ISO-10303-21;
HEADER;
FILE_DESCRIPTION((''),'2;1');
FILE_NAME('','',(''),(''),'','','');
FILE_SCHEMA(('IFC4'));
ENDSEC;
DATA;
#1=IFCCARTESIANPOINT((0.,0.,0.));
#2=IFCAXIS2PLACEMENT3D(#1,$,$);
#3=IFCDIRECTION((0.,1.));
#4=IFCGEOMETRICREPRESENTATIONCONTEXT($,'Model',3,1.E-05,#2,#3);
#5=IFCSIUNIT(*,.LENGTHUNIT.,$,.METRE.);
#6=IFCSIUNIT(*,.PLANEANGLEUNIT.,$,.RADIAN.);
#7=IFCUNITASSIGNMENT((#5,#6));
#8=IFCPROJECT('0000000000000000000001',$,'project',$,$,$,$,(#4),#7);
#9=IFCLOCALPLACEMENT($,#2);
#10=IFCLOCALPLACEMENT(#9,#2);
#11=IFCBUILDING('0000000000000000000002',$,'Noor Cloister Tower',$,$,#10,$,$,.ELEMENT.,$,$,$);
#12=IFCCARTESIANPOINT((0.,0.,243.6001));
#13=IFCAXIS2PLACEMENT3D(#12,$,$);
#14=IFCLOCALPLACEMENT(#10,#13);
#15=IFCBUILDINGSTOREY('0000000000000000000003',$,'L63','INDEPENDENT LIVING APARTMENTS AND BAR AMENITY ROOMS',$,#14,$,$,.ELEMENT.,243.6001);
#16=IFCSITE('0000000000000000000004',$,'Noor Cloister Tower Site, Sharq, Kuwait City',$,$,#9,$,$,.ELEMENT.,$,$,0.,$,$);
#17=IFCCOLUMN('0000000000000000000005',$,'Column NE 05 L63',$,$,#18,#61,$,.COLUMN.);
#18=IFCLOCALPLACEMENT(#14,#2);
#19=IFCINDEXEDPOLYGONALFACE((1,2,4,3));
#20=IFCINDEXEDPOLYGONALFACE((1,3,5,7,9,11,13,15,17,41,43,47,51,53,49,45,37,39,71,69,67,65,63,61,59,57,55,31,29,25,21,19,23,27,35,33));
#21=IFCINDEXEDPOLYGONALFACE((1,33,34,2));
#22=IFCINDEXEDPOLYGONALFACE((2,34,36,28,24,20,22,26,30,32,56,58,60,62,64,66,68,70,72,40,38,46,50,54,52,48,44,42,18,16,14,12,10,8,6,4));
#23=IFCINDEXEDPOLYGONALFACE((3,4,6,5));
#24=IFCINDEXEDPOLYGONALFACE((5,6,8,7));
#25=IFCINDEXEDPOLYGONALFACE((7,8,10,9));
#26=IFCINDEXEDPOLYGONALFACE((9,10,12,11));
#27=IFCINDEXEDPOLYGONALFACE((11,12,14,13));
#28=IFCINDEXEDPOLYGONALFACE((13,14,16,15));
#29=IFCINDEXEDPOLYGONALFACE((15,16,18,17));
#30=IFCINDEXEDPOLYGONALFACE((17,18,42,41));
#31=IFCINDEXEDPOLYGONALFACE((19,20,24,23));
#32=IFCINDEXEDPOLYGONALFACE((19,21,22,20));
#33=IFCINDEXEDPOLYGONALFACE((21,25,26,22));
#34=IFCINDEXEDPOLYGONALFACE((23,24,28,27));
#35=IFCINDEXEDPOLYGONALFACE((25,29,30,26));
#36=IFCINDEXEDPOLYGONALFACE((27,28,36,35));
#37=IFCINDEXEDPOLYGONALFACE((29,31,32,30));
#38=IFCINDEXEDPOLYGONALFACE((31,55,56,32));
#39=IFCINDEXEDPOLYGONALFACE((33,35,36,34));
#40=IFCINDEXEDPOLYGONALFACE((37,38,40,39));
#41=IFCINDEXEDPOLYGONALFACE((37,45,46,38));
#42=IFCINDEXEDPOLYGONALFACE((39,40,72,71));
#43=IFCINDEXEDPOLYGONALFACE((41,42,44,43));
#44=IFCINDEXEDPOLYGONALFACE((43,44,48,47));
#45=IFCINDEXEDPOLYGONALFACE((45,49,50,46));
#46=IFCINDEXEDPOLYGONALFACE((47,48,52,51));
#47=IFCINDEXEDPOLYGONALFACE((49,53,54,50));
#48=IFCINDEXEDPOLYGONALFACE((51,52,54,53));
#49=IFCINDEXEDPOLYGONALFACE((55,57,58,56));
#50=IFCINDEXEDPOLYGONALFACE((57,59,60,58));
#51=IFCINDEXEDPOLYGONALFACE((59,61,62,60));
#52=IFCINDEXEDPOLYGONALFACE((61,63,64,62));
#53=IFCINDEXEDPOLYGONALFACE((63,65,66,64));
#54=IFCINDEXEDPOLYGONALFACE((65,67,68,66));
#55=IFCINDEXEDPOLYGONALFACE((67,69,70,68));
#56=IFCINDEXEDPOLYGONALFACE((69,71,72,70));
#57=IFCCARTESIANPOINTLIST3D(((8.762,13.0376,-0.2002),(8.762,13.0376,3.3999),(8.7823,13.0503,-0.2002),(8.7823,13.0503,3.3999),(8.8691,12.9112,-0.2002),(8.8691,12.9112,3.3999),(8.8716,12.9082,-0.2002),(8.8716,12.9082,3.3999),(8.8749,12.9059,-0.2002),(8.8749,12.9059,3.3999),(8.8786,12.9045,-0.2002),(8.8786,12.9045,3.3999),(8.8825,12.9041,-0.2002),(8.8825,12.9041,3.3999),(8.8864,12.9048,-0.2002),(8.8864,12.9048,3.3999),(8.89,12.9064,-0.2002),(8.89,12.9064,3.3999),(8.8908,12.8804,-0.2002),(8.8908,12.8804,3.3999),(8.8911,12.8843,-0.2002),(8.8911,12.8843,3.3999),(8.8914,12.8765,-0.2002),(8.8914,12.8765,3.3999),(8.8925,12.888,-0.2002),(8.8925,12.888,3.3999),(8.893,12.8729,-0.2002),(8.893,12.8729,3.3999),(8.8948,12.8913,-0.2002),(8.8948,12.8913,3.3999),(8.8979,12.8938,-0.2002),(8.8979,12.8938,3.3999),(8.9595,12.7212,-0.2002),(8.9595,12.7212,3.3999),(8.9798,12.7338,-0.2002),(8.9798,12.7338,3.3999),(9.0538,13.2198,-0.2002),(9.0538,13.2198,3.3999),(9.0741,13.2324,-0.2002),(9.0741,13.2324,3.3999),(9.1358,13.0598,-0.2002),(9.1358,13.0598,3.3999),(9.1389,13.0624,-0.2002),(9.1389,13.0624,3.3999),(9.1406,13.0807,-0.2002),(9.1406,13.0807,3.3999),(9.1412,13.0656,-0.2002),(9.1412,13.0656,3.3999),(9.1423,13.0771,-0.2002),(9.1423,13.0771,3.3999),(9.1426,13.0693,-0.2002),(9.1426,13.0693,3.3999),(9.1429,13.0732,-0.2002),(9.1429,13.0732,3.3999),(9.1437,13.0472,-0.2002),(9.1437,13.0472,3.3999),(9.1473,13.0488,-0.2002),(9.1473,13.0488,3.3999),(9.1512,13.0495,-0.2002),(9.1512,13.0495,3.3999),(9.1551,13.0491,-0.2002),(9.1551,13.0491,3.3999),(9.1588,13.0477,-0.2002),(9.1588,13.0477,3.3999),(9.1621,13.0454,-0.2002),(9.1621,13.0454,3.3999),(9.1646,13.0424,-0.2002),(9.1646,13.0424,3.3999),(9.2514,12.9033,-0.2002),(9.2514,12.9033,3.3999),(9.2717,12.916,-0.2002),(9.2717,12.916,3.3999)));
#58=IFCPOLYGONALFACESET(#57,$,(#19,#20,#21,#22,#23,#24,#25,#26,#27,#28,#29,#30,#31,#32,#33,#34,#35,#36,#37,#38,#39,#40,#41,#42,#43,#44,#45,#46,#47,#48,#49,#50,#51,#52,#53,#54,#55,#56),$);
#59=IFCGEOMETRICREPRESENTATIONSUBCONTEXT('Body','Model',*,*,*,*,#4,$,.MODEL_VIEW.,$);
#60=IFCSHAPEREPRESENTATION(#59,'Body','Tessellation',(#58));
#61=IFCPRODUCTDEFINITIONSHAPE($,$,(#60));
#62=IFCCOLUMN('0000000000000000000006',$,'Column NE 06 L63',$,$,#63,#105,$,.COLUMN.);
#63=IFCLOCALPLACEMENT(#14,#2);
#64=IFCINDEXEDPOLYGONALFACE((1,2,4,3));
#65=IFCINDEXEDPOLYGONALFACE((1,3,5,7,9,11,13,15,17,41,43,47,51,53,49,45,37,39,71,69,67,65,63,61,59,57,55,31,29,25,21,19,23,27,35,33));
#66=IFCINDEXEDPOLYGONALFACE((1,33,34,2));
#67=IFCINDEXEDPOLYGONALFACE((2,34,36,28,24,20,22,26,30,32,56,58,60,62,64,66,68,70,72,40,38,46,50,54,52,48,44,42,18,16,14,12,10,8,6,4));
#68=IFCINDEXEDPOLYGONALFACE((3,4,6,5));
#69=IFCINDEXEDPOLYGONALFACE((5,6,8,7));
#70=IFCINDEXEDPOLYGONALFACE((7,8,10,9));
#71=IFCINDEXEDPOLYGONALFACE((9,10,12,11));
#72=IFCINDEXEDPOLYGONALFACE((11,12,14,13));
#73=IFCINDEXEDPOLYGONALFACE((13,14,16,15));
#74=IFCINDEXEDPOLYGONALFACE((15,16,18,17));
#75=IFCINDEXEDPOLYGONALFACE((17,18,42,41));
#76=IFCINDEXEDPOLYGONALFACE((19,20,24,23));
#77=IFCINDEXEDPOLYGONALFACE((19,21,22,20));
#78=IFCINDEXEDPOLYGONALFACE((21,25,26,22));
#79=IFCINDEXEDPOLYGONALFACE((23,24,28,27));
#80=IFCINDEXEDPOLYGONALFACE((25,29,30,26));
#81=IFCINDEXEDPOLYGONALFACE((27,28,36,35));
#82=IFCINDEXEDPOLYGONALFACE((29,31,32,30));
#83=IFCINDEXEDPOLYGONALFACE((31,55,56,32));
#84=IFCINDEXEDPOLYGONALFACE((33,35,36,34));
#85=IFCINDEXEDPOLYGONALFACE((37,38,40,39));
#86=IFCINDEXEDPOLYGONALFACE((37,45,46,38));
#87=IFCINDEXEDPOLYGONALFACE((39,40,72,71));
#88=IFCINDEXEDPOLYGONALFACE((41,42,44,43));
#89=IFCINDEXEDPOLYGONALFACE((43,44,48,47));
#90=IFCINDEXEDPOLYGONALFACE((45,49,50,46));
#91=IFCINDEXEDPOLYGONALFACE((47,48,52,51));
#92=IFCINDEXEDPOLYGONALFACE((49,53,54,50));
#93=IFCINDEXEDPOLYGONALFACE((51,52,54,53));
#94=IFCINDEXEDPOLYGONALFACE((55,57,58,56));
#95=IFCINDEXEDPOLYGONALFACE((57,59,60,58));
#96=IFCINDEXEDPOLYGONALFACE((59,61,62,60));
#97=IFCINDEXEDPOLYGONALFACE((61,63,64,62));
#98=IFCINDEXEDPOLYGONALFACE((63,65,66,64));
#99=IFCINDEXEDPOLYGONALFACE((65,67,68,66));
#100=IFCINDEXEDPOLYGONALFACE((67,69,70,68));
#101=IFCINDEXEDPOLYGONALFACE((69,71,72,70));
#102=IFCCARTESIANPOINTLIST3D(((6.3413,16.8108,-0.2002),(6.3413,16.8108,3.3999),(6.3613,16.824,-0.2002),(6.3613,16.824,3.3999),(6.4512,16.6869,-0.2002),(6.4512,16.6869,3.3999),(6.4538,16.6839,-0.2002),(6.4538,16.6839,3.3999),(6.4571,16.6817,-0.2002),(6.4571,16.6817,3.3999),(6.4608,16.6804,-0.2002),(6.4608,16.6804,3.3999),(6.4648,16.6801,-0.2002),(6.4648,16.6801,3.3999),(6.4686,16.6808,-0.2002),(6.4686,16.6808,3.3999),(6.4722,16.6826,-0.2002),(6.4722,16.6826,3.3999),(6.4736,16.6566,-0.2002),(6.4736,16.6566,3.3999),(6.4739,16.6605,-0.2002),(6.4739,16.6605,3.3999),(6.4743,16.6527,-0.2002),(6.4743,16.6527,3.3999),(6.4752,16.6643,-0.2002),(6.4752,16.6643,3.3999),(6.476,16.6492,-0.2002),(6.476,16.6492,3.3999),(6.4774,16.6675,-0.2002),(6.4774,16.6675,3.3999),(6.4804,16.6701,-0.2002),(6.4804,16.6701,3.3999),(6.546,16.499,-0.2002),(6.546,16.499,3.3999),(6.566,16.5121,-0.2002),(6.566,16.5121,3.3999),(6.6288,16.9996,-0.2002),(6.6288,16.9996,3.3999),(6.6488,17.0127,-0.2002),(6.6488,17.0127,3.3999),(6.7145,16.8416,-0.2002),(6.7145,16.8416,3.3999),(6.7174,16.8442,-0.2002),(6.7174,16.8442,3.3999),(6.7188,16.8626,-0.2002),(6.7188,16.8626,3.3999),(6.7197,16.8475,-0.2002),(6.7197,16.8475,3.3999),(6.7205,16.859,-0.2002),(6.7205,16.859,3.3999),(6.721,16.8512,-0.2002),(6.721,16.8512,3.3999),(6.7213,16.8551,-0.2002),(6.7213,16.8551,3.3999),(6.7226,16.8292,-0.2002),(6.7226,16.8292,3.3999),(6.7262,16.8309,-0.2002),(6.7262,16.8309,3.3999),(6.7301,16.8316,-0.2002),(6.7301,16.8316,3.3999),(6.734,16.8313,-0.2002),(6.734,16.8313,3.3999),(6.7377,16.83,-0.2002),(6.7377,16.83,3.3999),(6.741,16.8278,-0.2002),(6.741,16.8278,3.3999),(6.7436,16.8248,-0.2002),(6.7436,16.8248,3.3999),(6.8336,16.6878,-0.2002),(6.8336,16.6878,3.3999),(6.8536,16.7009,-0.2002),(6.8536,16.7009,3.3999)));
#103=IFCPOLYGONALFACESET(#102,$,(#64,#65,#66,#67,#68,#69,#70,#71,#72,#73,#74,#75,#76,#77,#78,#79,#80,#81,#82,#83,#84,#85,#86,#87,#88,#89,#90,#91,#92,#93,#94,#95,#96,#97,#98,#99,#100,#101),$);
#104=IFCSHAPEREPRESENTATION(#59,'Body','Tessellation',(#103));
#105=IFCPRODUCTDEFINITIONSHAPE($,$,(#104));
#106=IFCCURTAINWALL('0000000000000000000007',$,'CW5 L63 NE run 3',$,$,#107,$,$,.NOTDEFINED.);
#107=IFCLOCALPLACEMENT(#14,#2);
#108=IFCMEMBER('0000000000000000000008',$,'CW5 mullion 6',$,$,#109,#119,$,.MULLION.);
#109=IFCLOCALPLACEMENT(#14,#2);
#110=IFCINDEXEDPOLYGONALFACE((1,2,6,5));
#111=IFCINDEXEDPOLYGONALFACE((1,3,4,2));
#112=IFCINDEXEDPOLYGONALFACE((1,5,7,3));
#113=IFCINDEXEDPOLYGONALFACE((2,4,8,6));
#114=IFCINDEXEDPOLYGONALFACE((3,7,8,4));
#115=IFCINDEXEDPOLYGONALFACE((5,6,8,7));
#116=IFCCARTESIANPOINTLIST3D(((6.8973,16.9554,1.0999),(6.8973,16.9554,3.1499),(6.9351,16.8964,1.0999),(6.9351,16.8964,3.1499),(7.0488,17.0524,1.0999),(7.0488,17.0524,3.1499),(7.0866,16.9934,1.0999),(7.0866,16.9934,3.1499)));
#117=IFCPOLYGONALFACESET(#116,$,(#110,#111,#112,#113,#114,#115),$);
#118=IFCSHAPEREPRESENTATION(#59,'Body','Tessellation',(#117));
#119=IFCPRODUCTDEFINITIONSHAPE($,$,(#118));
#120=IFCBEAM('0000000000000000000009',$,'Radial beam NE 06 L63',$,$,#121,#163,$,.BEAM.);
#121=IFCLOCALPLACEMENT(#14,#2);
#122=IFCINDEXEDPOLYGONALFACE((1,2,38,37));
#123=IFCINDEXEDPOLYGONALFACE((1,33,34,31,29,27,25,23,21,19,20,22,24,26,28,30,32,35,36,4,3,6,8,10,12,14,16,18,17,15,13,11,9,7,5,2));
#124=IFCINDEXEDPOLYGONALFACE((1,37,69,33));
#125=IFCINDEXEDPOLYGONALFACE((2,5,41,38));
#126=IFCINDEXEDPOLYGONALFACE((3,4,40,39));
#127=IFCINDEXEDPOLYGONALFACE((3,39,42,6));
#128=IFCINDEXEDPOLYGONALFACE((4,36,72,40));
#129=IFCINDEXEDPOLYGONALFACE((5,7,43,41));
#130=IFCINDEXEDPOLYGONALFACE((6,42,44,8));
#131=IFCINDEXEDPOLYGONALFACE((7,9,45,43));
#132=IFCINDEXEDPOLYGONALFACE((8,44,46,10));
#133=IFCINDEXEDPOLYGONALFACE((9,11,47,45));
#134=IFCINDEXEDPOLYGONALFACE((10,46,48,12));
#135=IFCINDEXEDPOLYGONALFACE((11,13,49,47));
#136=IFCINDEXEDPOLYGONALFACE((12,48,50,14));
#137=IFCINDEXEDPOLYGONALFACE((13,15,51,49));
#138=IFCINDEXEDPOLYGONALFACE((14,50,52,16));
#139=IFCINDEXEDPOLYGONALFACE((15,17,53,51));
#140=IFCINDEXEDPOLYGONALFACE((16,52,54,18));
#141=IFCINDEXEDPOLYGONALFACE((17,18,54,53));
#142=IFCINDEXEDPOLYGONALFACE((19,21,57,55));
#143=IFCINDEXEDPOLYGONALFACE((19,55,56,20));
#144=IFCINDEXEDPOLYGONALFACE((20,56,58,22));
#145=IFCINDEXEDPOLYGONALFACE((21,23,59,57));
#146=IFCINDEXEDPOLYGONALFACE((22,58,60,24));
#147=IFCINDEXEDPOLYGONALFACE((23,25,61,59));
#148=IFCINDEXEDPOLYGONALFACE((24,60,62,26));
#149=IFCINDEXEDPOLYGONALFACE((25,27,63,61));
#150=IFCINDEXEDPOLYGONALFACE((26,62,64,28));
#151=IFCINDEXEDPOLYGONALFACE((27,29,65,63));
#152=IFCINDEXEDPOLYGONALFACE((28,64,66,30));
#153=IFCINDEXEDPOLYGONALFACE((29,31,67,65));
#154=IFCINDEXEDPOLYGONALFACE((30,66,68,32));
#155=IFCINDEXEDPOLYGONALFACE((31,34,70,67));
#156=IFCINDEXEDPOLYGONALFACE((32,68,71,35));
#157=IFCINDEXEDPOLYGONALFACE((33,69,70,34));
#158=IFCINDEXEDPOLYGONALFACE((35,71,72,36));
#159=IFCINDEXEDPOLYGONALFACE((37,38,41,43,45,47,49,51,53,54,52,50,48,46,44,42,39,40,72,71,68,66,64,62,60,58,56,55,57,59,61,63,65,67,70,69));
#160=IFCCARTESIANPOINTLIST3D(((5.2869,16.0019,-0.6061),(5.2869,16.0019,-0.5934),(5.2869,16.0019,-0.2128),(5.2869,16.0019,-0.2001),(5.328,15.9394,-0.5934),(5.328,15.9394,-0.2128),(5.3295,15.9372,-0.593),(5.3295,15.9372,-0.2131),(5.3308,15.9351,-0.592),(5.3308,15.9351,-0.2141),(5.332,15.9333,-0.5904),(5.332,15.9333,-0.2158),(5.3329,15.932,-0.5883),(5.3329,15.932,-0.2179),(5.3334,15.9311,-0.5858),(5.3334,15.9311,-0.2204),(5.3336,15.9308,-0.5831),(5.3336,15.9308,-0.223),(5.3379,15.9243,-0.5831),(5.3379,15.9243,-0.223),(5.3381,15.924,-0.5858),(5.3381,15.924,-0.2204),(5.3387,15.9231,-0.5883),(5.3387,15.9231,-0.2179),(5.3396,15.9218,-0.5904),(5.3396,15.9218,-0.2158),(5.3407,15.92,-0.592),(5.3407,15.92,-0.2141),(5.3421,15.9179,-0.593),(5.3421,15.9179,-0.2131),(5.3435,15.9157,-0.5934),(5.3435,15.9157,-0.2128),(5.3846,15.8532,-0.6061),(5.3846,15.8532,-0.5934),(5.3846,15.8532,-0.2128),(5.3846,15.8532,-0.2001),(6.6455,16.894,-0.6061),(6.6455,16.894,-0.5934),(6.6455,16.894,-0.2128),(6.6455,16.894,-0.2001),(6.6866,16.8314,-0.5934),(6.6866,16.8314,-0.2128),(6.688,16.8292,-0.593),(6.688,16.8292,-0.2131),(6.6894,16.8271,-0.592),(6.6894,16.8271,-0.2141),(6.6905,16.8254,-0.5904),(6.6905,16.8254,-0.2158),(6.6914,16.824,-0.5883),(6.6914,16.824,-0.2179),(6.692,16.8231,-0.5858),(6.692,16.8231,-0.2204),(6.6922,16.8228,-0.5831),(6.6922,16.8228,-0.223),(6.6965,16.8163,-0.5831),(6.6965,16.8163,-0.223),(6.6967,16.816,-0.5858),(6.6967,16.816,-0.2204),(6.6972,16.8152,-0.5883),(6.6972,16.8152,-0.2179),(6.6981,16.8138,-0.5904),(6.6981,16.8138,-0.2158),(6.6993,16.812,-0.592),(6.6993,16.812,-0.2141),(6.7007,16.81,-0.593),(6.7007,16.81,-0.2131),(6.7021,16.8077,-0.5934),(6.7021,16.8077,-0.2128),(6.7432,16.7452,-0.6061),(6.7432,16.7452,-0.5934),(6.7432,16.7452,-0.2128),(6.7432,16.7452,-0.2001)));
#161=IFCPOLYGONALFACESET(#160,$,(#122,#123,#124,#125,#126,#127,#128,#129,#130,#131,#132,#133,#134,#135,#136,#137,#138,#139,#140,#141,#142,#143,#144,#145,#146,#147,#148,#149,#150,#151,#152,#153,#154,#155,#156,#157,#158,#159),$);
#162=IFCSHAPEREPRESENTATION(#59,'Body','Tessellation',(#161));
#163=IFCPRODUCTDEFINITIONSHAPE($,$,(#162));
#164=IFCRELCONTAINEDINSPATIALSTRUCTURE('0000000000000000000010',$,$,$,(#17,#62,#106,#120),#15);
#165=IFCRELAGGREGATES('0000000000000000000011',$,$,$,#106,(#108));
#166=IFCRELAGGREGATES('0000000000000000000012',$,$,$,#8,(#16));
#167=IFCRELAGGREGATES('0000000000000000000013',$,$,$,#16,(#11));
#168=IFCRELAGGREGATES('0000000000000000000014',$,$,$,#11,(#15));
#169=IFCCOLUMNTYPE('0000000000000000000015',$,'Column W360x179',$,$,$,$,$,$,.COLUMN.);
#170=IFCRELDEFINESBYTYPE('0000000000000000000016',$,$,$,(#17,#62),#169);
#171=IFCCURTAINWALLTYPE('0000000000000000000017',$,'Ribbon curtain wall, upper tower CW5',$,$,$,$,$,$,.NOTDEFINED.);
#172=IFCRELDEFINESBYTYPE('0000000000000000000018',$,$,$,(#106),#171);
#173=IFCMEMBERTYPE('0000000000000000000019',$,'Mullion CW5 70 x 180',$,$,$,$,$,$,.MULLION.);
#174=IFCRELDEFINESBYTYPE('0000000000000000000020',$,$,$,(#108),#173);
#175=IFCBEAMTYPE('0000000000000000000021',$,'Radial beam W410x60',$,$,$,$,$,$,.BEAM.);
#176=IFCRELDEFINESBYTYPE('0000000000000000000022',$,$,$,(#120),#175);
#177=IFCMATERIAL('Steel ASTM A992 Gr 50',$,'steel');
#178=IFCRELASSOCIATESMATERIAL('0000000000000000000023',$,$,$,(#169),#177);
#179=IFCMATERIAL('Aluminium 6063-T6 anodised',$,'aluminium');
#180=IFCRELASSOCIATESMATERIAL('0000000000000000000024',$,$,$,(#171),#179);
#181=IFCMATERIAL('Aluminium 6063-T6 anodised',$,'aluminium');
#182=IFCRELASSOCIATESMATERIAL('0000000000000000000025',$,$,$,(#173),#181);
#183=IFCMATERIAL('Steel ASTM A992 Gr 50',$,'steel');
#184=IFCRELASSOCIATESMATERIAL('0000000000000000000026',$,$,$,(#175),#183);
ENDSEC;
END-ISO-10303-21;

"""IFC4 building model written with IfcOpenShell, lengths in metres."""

from ifc_helpers import new_model, si_unit, direction, frame, origin, origin_2d, place, context, subcontext, project, spatial, rectangle, i_section, extrude, material, material_profile, profile_set, type_object, element, aggregate, save


model = new_model("IFC4")

# Units and contexts
model_context = context("Model", 3, precision=1e-05, world=origin(), true_north=direction((0.0, 1.0)))
body_context = subcontext(model_context, "Body", "Model", "MODEL_VIEW")
ifc_project = project(units=[si_unit("LENGTHUNIT", "METRE"), si_unit("PLANEANGLEUNIT", "RADIAN")], contexts=[model_context])

# Site, building, storey
site_placement = place(None, origin())
site = spatial("IfcSite", under=ifc_project, at=site_placement, Name="Noor Cloister Tower Site, Sharq, Kuwait City", CompositionType="ELEMENT", RefElevation=0.0)
building_placement = place(site_placement, origin())
building = spatial("IfcBuilding", under=site, at=building_placement, Name="Noor Cloister Tower", CompositionType="ELEMENT")
storey_placement = place(building_placement, frame((0.0, 0.0, 243.6001)))
storey = spatial("IfcBuildingStorey", under=building, at=storey_placement, Name="L63", Description="INDEPENDENT LIVING APARTMENTS AND BAR AMENITY ROOMS", CompositionType="ELEMENT", Elevation=243.6001)

# Columns
ifc_material_1 = material(Name="Steel ASTM A992 Gr 50", Category="steel")
ifc_material_profile_1 = material_profile(ifc_material_1, i_section(OverallWidth=0.373, OverallDepth=0.3679, WebThickness=0.0149, FlangeThickness=0.0239, FilletRadius=0.0151, at=origin_2d()), Name="W360x179")
ifc_profile_set_1 = profile_set([ifc_material_profile_1], Name="Steel ASTM A992 Gr 50")
column_type = type_object("IfcColumnType", Name="Column W360x179", PredefinedType="COLUMN", material=ifc_profile_set_1)
for number, where, z_axis, x_axis, name in (
    (1, (9.0168, 12.9768, -0.2002), (0.0, 0.0, 1.0), (-0.529481, 0.848322, 0.0), "Column NE 05 L63"),
    (2, (6.5974, 16.7559, -0.2002), (0.0, 0.0, 1.0), (-0.54879, 0.83596, 0.0), "Column NE 06 L63"),
):
    element("IfcColumn", number, at=place(storey_placement, frame(where, z_axis=z_axis, x_axis=x_axis)), inside=storey, type_object=column_type, Name=name, PredefinedType="COLUMN", context=body_context, shape_type="SweptSolid", body=[
        extrude(i_section(OverallWidth=0.373, OverallDepth=0.3679, WebThickness=0.0149, FlangeThickness=0.0239, FilletRadius=0.0151, at=origin_2d()), origin(), (0.0, 0.0, 1.0), 3.6001),
    ])

# Curtain wall, member
ifc_material_2 = material(Name="Aluminium 6063-T6 anodised", Category="aluminium")
curtain_wall_type = type_object("IfcCurtainWallType", Name="Ribbon curtain wall, upper tower CW5", PredefinedType="NOTDEFINED", material=ifc_material_2)
curtain_wall_placement = place(storey_placement, origin())
curtain_wall = element("IfcCurtainWall", 3, at=curtain_wall_placement, inside=storey, type_object=curtain_wall_type, Name="CW5 L63 NE run 3", PredefinedType="NOTDEFINED")
ifc_material_3 = material(Name="Aluminium 6063-T6 anodised", Category="aluminium")
ifc_material_profile_2 = material_profile(ifc_material_3, rectangle(XDim=0.1799, YDim=0.0701, at=origin_2d()), Name="180 x 70 mullion")
ifc_profile_set_2 = profile_set([ifc_material_profile_2], Name="Aluminium 6063-T6 anodised")
member_type = type_object("IfcMemberType", Name="Mullion CW5 70 x 180", PredefinedType="MULLION", material=ifc_profile_set_2)
member_placement = place(storey_placement, frame((6.9919, 16.9744, 1.0999), z_axis=(0.0, 0.0, 1.0), x_axis=(-0.842196, -0.539171, 0.0)))
member = element("IfcMember", 4, at=member_placement, type_object=member_type, Name="CW5 mullion 6", PredefinedType="MULLION", context=body_context, shape_type="SweptSolid", body=[
    extrude(rectangle(XDim=0.1799, YDim=0.0701, at=origin_2d()), origin(), (0.0, 0.0, 1.0), 2.05),
])

# Beam
ifc_material_4 = material(Name="Steel ASTM A992 Gr 50", Category="steel")
ifc_material_profile_3 = material_profile(ifc_material_4, i_section(OverallWidth=0.178, OverallDepth=0.406, WebThickness=0.0078, FlangeThickness=0.0127, FilletRadius=0.0103, at=origin_2d()), Name="W410x60")
ifc_profile_set_3 = profile_set([ifc_material_profile_3], Name="Steel ASTM A992 Gr 50")
beam_type_1 = type_object("IfcBeamType", Name="Radial beam W410x60", PredefinedType="BEAM", material=ifc_profile_set_3)
beam_1_placement = place(storey_placement, frame((6.6943, 16.8196, -0.4031), z_axis=(-0.835912, -0.548863, 0.0), x_axis=(0.548863, -0.835912, 0.0)))
element("IfcBeam", 5, at=beam_1_placement, inside=storey, type_object=beam_type_1, Name="Radial beam NE 06 L63", PredefinedType="BEAM", context=body_context, shape_type="SweptSolid", body=[
    extrude(i_section(OverallWidth=0.178, OverallDepth=0.406, WebThickness=0.0078, FlangeThickness=0.0127, FilletRadius=0.0103, at=origin_2d()), origin(), (0.0, 0.0, 1.0), 1.6252),
])

aggregate(curtain_wall, [member])

save(model, "model.ifc")
